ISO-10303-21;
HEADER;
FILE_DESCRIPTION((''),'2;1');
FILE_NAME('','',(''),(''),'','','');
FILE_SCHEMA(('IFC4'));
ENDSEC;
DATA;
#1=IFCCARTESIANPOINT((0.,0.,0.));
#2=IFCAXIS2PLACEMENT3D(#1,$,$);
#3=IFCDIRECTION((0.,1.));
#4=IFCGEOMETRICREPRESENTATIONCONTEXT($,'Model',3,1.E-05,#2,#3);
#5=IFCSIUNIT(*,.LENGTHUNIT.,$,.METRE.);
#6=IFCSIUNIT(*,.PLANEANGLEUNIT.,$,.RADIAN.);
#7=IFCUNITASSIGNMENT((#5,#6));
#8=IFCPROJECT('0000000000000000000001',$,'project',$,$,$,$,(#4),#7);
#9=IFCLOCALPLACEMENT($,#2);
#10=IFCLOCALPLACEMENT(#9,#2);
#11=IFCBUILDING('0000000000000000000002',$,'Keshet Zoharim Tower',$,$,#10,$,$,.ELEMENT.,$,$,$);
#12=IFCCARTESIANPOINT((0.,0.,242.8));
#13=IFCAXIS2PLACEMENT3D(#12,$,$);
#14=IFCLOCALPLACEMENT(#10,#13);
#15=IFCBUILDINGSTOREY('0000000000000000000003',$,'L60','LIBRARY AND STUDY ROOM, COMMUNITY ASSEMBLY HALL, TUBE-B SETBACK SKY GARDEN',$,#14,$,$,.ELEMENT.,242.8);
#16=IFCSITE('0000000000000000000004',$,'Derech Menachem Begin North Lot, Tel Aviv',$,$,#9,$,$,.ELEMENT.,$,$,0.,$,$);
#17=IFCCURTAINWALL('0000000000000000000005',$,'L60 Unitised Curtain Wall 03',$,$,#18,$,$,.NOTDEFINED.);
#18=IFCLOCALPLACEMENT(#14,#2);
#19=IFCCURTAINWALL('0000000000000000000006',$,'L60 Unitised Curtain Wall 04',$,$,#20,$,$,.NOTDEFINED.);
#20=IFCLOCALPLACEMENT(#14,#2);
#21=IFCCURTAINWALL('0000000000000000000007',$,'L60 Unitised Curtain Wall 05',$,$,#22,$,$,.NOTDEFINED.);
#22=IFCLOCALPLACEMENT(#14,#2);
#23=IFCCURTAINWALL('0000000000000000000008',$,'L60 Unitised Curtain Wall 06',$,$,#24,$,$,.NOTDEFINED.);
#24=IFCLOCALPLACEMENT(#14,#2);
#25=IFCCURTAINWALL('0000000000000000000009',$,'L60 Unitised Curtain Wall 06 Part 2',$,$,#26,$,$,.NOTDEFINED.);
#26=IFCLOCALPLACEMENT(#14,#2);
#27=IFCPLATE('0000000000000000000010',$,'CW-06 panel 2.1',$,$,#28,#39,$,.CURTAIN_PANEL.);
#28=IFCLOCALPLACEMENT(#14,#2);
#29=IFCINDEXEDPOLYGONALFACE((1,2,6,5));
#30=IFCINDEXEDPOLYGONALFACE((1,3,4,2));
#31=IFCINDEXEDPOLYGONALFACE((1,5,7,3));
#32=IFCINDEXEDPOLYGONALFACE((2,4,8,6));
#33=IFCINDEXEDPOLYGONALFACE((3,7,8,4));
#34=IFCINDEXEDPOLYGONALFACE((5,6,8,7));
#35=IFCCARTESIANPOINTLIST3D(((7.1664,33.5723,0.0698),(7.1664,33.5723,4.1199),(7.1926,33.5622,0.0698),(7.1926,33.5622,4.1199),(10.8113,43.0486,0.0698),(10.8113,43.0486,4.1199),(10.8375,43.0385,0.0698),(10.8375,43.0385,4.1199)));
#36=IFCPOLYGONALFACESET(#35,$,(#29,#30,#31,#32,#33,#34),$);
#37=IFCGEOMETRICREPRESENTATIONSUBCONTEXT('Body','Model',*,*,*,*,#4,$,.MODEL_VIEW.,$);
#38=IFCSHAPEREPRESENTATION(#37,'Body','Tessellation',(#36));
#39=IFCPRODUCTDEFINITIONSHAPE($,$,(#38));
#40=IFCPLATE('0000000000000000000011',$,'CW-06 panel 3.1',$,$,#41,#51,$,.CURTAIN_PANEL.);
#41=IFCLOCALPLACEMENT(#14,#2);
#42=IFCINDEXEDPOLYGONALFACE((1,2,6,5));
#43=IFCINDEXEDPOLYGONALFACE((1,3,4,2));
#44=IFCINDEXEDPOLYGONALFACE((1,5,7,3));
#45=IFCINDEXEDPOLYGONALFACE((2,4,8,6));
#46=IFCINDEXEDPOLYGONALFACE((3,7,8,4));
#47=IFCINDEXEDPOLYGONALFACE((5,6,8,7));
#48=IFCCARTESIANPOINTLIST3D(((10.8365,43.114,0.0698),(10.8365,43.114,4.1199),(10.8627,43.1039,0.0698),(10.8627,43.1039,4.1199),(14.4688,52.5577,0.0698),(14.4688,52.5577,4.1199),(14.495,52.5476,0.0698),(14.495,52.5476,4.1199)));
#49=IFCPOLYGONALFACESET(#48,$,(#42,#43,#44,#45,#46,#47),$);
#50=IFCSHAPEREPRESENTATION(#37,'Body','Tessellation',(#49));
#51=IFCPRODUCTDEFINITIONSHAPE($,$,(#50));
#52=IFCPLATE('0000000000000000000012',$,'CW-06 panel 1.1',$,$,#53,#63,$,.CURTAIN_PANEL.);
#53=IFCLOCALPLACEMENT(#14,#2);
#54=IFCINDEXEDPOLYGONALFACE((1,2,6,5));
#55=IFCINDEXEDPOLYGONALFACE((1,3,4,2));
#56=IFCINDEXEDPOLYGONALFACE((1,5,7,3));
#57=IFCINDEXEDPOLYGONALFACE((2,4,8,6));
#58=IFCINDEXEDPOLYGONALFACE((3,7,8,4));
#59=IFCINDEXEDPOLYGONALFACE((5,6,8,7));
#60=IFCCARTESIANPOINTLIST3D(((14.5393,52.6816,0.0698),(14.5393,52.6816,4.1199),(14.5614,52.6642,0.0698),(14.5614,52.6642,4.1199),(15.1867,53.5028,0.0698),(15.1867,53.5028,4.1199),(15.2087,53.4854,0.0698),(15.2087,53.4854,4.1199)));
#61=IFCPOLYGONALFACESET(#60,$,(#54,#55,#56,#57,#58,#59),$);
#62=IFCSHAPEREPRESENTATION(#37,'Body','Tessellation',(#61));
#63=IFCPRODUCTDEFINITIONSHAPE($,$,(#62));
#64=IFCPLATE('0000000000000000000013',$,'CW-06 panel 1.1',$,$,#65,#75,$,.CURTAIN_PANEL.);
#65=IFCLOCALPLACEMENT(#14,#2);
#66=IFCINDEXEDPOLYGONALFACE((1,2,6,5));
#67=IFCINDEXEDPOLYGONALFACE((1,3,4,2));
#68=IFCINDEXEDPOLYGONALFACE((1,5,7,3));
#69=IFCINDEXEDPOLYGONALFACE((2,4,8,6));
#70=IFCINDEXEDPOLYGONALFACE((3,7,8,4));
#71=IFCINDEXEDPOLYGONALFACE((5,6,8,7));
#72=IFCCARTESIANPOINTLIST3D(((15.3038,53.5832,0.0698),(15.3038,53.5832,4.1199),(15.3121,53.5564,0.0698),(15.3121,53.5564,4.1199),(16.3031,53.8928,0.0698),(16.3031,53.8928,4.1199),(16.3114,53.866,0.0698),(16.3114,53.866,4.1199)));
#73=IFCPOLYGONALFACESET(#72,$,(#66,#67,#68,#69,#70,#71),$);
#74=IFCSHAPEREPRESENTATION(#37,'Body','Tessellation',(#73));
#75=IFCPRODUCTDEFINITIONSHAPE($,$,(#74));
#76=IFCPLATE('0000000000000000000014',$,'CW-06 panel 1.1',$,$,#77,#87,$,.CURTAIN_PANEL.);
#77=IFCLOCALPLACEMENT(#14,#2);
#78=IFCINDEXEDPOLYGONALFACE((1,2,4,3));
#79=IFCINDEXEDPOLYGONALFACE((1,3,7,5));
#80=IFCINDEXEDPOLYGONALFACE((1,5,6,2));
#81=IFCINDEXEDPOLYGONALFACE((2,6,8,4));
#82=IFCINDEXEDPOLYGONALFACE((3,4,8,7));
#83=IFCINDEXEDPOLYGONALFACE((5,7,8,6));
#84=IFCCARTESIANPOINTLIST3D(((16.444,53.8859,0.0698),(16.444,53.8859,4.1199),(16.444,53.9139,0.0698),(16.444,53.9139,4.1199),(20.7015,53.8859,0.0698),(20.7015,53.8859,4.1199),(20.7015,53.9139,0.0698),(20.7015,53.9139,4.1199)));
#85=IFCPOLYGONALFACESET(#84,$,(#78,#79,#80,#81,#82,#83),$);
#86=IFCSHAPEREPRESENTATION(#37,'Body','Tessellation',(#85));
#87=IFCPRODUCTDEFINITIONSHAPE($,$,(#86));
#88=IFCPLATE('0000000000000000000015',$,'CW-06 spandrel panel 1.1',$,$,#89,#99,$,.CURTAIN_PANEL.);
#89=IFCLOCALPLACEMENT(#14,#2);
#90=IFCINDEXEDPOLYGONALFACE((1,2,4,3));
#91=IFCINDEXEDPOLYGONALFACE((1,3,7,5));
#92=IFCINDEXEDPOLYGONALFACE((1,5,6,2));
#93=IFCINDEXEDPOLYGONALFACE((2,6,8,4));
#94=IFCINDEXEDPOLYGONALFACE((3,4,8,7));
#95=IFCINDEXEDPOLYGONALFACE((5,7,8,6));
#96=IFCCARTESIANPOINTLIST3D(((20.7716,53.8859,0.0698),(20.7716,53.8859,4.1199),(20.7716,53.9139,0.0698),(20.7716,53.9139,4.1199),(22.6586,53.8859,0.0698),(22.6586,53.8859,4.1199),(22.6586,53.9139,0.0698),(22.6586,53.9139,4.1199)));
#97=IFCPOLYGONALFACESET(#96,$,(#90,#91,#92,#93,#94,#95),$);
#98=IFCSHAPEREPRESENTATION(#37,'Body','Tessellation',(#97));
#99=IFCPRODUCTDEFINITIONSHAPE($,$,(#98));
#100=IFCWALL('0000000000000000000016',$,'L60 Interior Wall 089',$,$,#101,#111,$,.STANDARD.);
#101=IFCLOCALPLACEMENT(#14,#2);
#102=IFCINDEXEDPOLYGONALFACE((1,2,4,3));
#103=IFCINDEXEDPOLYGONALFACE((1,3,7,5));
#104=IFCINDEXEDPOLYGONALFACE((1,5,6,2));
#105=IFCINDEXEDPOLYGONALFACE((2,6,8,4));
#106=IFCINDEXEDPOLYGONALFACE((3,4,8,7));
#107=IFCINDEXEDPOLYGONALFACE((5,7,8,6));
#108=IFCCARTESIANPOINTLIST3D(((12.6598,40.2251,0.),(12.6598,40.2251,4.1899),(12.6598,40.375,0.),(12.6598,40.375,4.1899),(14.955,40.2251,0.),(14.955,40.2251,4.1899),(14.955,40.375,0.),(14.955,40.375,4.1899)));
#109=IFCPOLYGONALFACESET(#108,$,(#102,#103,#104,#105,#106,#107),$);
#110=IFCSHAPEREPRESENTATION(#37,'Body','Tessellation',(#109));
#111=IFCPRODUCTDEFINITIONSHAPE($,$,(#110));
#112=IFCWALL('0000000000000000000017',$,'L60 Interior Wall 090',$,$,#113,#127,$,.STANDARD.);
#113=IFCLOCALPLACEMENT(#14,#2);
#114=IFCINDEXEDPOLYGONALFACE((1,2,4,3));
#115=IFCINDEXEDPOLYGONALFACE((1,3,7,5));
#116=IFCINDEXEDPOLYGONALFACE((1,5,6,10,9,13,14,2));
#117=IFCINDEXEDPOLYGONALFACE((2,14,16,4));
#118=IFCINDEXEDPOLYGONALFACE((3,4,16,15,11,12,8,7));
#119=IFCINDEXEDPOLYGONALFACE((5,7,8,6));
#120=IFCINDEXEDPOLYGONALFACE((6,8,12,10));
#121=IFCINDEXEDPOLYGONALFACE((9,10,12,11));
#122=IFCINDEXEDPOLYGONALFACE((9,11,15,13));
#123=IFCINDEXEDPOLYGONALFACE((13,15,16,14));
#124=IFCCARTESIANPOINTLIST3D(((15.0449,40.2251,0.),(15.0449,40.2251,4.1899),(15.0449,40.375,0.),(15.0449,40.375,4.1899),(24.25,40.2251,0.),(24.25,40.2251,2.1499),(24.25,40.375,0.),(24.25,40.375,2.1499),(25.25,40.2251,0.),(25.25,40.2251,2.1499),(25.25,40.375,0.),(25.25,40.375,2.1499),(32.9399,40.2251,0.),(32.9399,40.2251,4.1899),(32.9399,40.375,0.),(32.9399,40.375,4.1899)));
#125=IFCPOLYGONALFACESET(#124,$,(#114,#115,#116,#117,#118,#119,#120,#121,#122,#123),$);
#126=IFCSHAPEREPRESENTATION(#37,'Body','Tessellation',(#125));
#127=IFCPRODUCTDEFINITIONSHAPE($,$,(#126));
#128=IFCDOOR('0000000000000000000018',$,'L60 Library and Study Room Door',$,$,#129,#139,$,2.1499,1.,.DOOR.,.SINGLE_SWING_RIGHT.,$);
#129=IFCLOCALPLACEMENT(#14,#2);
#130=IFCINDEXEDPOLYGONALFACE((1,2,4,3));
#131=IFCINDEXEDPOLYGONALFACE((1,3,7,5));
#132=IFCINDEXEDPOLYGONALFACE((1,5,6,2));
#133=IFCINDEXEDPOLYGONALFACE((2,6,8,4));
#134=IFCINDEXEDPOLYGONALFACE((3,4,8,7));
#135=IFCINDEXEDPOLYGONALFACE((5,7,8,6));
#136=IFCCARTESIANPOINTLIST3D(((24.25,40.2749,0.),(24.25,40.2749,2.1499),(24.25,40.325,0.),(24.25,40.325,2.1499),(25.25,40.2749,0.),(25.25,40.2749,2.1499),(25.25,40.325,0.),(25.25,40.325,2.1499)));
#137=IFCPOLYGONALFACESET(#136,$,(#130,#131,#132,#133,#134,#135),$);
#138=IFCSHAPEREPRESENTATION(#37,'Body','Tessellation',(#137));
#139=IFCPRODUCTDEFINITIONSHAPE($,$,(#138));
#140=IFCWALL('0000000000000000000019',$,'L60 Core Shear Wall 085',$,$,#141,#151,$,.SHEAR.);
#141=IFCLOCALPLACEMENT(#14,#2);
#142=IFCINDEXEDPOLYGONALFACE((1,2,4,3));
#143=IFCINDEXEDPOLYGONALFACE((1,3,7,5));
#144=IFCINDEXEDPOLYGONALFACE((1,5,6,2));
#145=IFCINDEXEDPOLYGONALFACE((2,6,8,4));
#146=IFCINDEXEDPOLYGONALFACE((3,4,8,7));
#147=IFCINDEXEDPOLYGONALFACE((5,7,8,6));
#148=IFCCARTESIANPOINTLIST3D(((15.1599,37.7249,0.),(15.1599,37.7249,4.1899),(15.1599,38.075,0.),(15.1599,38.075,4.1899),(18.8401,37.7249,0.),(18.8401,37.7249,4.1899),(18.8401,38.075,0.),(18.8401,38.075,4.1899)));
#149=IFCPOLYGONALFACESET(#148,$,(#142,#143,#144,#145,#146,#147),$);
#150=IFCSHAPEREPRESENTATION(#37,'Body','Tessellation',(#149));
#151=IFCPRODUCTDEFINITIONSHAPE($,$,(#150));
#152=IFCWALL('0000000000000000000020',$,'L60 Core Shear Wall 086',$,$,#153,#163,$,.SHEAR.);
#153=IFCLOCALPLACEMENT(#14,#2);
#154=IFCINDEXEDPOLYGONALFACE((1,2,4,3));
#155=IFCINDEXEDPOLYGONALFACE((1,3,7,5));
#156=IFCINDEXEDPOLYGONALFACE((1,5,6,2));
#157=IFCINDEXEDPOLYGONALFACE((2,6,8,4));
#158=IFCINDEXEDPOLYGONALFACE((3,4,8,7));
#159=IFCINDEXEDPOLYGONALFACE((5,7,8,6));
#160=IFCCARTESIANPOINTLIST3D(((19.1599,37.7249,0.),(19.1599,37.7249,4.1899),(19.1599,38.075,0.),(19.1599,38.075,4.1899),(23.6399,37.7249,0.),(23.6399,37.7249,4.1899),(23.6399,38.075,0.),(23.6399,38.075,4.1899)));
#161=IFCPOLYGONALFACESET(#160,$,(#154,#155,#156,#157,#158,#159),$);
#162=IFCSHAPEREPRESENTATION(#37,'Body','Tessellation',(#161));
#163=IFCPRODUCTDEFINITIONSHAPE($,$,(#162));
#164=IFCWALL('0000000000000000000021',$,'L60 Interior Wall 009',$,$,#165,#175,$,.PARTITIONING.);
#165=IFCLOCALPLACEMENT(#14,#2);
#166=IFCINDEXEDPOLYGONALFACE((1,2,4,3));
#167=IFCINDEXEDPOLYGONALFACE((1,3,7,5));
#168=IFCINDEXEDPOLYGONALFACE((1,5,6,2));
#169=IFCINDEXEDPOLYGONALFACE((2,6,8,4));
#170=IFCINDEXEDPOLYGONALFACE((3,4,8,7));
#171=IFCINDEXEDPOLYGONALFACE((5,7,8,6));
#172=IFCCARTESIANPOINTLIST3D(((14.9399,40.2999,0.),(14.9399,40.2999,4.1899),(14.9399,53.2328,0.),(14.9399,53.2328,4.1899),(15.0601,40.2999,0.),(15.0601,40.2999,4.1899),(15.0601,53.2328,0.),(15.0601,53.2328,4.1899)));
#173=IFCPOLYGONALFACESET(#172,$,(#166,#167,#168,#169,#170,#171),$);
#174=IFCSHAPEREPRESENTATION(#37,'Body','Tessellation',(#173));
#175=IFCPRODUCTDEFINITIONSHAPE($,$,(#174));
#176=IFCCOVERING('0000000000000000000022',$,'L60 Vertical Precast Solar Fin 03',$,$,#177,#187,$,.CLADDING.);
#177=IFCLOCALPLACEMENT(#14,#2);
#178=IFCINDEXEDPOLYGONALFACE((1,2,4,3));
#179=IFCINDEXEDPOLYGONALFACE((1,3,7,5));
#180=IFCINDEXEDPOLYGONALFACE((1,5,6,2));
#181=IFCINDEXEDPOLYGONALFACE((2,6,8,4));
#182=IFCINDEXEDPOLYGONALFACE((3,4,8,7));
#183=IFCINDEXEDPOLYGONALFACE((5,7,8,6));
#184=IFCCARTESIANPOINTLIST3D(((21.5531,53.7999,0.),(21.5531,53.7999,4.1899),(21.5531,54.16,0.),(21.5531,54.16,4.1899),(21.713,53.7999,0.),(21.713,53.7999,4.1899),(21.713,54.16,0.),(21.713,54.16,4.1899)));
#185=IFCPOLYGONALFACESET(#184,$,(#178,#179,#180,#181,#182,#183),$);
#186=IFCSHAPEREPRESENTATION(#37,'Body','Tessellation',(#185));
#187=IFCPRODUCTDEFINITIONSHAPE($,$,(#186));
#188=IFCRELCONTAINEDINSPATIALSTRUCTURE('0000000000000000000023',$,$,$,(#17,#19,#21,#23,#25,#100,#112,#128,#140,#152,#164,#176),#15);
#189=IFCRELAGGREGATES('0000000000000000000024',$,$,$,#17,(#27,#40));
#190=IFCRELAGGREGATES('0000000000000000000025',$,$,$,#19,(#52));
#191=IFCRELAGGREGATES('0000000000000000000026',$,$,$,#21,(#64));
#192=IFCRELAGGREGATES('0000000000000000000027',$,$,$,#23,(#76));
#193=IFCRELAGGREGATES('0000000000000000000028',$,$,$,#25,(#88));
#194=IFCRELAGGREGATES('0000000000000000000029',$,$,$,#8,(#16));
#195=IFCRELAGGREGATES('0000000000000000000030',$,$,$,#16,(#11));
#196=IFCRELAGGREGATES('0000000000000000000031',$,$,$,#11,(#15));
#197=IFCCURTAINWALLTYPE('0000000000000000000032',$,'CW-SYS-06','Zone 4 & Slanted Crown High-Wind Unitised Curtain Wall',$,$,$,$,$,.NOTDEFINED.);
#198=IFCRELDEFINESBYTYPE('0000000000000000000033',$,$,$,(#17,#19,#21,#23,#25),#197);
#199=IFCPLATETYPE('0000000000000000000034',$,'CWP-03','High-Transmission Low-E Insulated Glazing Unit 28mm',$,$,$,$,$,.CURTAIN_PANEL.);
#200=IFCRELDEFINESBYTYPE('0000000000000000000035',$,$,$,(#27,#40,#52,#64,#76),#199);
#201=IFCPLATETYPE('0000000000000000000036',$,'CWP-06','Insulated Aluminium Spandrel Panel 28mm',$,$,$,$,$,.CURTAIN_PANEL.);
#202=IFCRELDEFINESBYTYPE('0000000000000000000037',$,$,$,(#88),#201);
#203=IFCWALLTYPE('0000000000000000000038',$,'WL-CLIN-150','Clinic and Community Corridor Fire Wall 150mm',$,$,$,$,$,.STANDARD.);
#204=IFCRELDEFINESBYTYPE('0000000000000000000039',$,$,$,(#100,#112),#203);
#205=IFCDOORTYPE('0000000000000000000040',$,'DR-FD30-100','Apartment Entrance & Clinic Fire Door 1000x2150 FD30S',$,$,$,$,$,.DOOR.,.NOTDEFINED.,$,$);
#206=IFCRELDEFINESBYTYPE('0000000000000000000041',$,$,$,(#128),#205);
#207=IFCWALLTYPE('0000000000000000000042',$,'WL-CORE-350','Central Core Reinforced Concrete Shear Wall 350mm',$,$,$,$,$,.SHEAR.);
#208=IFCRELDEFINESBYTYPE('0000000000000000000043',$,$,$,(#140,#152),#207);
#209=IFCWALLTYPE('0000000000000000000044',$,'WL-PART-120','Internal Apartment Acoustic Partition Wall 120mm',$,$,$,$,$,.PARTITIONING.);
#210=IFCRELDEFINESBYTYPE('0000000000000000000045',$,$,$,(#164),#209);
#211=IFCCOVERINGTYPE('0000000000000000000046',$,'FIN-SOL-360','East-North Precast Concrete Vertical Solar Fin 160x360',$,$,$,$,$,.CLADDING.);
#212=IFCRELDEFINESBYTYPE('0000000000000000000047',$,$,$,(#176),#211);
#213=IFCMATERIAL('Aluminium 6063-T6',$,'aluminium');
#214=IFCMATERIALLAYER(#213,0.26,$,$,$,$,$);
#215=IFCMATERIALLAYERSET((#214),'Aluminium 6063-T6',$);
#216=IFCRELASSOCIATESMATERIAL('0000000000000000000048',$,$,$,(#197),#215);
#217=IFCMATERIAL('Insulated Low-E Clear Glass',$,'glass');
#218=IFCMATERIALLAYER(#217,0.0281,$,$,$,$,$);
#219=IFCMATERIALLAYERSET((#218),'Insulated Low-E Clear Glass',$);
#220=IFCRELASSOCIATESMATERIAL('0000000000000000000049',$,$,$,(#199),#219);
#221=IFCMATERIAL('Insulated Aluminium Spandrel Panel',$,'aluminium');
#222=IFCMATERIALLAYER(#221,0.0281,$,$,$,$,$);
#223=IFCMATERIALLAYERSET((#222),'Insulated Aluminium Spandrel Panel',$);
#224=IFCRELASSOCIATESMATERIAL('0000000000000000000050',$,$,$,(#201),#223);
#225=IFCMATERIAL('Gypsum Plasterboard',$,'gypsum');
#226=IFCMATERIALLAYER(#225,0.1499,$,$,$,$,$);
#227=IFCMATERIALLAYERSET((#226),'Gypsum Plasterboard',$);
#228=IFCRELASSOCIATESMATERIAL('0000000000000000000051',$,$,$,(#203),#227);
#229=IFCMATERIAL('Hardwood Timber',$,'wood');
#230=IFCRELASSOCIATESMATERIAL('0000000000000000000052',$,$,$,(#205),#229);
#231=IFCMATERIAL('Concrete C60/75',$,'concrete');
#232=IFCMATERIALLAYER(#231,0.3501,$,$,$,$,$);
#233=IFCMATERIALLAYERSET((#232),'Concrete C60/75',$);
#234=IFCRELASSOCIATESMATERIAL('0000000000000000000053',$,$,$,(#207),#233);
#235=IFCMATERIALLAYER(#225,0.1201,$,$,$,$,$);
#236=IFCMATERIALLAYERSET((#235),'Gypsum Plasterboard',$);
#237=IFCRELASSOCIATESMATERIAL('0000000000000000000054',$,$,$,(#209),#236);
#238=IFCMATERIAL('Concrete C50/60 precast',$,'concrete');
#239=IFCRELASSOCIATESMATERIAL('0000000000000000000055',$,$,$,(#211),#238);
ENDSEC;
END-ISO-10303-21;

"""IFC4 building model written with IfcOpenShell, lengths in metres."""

from ifc_helpers import new_model, si_unit, direction, frame, frame_2d, origin, origin_2d, place, context, subcontext, project, spatial, rectangle, extrude, material, layer, layer_set, type_object, element, fill, aggregate, save


model = new_model("IFC4")

# Units and contexts
model_context = context("Model", 3, precision=1e-05, world=origin(), true_north=direction((0.0, 1.0)))
body_context = subcontext(model_context, "Body", "Model", "MODEL_VIEW")
ifc_project = project(units=[si_unit("LENGTHUNIT", "METRE"), si_unit("PLANEANGLEUNIT", "RADIAN")], contexts=[model_context])

# Site, building, storey
site_placement = place(None, origin())
site = spatial("IfcSite", under=ifc_project, at=site_placement, Name="Derech Menachem Begin North Lot, Tel Aviv", CompositionType="ELEMENT", RefElevation=0.0)
building_placement = place(site_placement, origin())
building = spatial("IfcBuilding", under=site, at=building_placement, Name="Keshet Zoharim Tower", CompositionType="ELEMENT")
storey_placement = place(building_placement, frame((0.0, 0.0, 242.8)))
storey = spatial("IfcBuildingStorey", under=building, at=storey_placement, Name="L60", Description="LIBRARY AND STUDY ROOM, COMMUNITY ASSEMBLY HALL, TUBE-B SETBACK SKY GARDEN", CompositionType="ELEMENT", Elevation=242.8)

# Curtain walls
ifc_material_1 = material(Name="Aluminium 6063-T6", Category="aluminium")
ifc_layer_1 = layer(ifc_material_1, 0.26)
ifc_layer_set_1 = layer_set([ifc_layer_1], Name="Aluminium 6063-T6")
curtain_wall_type = type_object("IfcCurtainWallType", Name="CW-SYS-06", Description="Zone 4 & Slanted Crown High-Wind Unitised Curtain Wall", PredefinedType="NOTDEFINED", material=ifc_layer_set_1)
curtain_wall_1_placement = place(storey_placement, origin())
curtain_wall_1 = element("IfcCurtainWall", 1, at=curtain_wall_1_placement, inside=storey, type_object=curtain_wall_type, Name="L60 Unitised Curtain Wall 03", PredefinedType="NOTDEFINED")
curtain_wall_2_placement = place(storey_placement, origin())
curtain_wall_2 = element("IfcCurtainWall", 2, at=curtain_wall_2_placement, inside=storey, type_object=curtain_wall_type, Name="L60 Unitised Curtain Wall 04", PredefinedType="NOTDEFINED")
curtain_wall_3_placement = place(storey_placement, origin())
curtain_wall_3 = element("IfcCurtainWall", 3, at=curtain_wall_3_placement, inside=storey, type_object=curtain_wall_type, Name="L60 Unitised Curtain Wall 05", PredefinedType="NOTDEFINED")
curtain_wall_4_placement = place(storey_placement, origin())
curtain_wall_4 = element("IfcCurtainWall", 4, at=curtain_wall_4_placement, inside=storey, type_object=curtain_wall_type, Name="L60 Unitised Curtain Wall 06", PredefinedType="NOTDEFINED")

# Curtain wall
curtain_wall_5_placement = place(storey_placement, origin())
curtain_wall_5 = element("IfcCurtainWall", 5, at=curtain_wall_5_placement, inside=storey, type_object=curtain_wall_type, Name="L60 Unitised Curtain Wall 06 Part 2", PredefinedType="NOTDEFINED")

# Plates
ifc_material_2 = material(Name="Insulated Low-E Clear Glass", Category="glass")
ifc_layer_2 = layer(ifc_material_2, 0.0281)
ifc_layer_set_2 = layer_set([ifc_layer_2], Name="Insulated Low-E Clear Glass")
plate_type_1 = type_object("IfcPlateType", Name="CWP-03", Description="High-Transmission Low-E Insulated Glazing Unit 28mm", PredefinedType="CURTAIN_PANEL", material=ifc_layer_set_2)
plate_1_placement = place(storey_placement, frame((9.002, 38.3054, 0.0698), z_axis=(0.0, 0.0, 1.0), x_axis=(0.35899, 0.933341, 0.0)))
plate_1 = element("IfcPlate", 6, at=plate_1_placement, type_object=plate_type_1, Name="CW-06 panel 2.1", PredefinedType="CURTAIN_PANEL", context=body_context, shape_type="SweptSolid", body=[
    extrude(rectangle(XDim=10.1531, YDim=0.0281, at=origin_2d()), origin(), (0.0, 0.0, 1.0), 4.05),
])
plate_2_placement = place(storey_placement, frame((12.6658, 47.8308, 0.0698), z_axis=(0.0, 0.0, 1.0), x_axis=(0.35899, 0.933341, 0.0)))
plate_2 = element("IfcPlate", 7, at=plate_2_placement, type_object=plate_type_1, Name="CW-06 panel 3.1", PredefinedType="CURTAIN_PANEL", context=body_context, shape_type="SweptSolid", body=[
    extrude(rectangle(XDim=10.1182, YDim=0.0281, at=origin_2d()), origin(), (0.0, 0.0, 1.0), 4.05),
])
aggregate(curtain_wall_1, [plate_1, plate_2])
plate_3_placement = place(storey_placement, frame((14.874, 53.0835, 0.0698), z_axis=(0.0, 0.0, 1.0), x_axis=(0.619125, 0.785293, 0.0)))
plate_3 = element("IfcPlate", 8, at=plate_3_placement, type_object=plate_type_1, Name="CW-06 panel 1.1", PredefinedType="CURTAIN_PANEL", context=body_context, shape_type="SweptSolid", body=[
    extrude(rectangle(XDim=1.0457, YDim=0.0281, at=origin_2d()), origin(), (0.0, 0.0, 1.0), 4.05),
])
aggregate(curtain_wall_2, [plate_3])
plate_4_placement = place(storey_placement, frame((15.8076, 53.7246, 0.0698), z_axis=(0.0, 0.0, 1.0), x_axis=(0.955212, 0.295922, 0.0)))
plate_4 = element("IfcPlate", 9, at=plate_4_placement, type_object=plate_type_1, Name="CW-06 panel 1.1", PredefinedType="CURTAIN_PANEL", context=body_context, shape_type="SweptSolid", body=[
    extrude(rectangle(XDim=1.0461, YDim=0.0281, at=origin_2d()), origin(), (0.0, 0.0, 1.0), 4.05),
])
aggregate(curtain_wall_3, [plate_4])
plate_5_placement = place(storey_placement, frame((18.5728, 53.8999, 0.0698), z_axis=(0.0, 0.0, 1.0), x_axis=(1.0, 0.0, 0.0)))
plate_5 = element("IfcPlate", 10, at=plate_5_placement, type_object=plate_type_1, Name="CW-06 panel 1.1", PredefinedType="CURTAIN_PANEL", context=body_context, shape_type="SweptSolid", body=[
    extrude(rectangle(XDim=4.2576, YDim=0.0281, at=origin_2d()), origin(), (0.0, 0.0, 1.0), 4.05),
])
aggregate(curtain_wall_4, [plate_5])
ifc_material_3 = material(Name="Insulated Aluminium Spandrel Panel", Category="aluminium")
ifc_layer_3 = layer(ifc_material_3, 0.0281)
ifc_layer_set_3 = layer_set([ifc_layer_3], Name="Insulated Aluminium Spandrel Panel")
plate_type_2 = type_object("IfcPlateType", Name="CWP-06", Description="Insulated Aluminium Spandrel Panel 28mm", PredefinedType="CURTAIN_PANEL", material=ifc_layer_set_3)
plate_6_placement = place(storey_placement, frame((21.7151, 53.8999, 0.0698), z_axis=(0.0, 0.0, 1.0), x_axis=(1.0, 0.0, 0.0)))
plate_6 = element("IfcPlate", 11, at=plate_6_placement, type_object=plate_type_2, Name="CW-06 spandrel panel 1.1", PredefinedType="CURTAIN_PANEL", context=body_context, shape_type="SweptSolid", body=[
    extrude(rectangle(XDim=1.887, YDim=0.0281, at=origin_2d()), origin(), (0.0, 0.0, 1.0), 4.05),
])
aggregate(curtain_wall_5, [plate_6])

# Wall
ifc_material_4 = material(Name="Gypsum Plasterboard", Category="gypsum")
ifc_layer_4 = layer(ifc_material_4, 0.1499)
ifc_layer_set_4 = layer_set([ifc_layer_4], Name="Gypsum Plasterboard")
wall_type_1 = type_object("IfcWallType", Name="WL-CLIN-150", Description="Clinic and Community Corridor Fire Wall 150mm", PredefinedType="STANDARD", material=ifc_layer_set_4)
wall_1_placement = place(storey_placement, frame((12.6599, 40.3, 0.0), z_axis=(0.0, 0.0, 1.0), x_axis=(1.0, 0.0, 0.0)))
element("IfcWall", 12, at=wall_1_placement, inside=storey, type_object=wall_type_1, Name="L60 Interior Wall 089", PredefinedType="STANDARD", context=body_context, shape_type="SweptSolid", body=[
    extrude(rectangle(XDim=2.2952, YDim=0.1499, at=frame_2d((1.1475, 0.0))), origin(), (0.0, 0.0, 1.0), 4.1899),
])

# Wall, opening, door
wall_2_placement = place(storey_placement, frame((15.0449, 40.3, 0.0), z_axis=(0.0, 0.0, 1.0), x_axis=(1.0, 0.0, 0.0)))
wall_2 = element("IfcWall", 13, at=wall_2_placement, inside=storey, type_object=wall_type_1, Name="L60 Interior Wall 090", PredefinedType="STANDARD", context=body_context, shape_type="SweptSolid", body=[
    extrude(rectangle(XDim=17.895, YDim=0.1499, at=frame_2d((8.9475, 0.0))), origin(), (0.0, 0.0, 1.0), 4.1899),
])
opening_placement = place(wall_2_placement, frame((9.2051, 0.0, 0.0)))
opening = element("IfcOpeningElement", 14, at=opening_placement, cuts=wall_2, PredefinedType="OPENING", context=body_context, shape_type="SweptSolid", body=[
    extrude(rectangle(XDim=1.0, YDim=2.1499, at=frame_2d((0.5, 1.075))), frame((0.0, 0.085, 0.0), z_axis=(0.0, -1.0, 0.0), x_axis=(1.0, 0.0, 0.0)), (0.0, 0.0, 1.0), 0.1699),
])
ifc_material_5 = material(Name="Hardwood Timber", Category="wood")
door_type = type_object("IfcDoorType", Name="DR-FD30-100", Description="Apartment Entrance & Clinic Fire Door 1000x2150 FD30S", OperationType="NOTDEFINED", PredefinedType="DOOR", material=ifc_material_5)
door_placement = place(opening_placement, origin())
door = element("IfcDoor", 15, at=door_placement, inside=storey, type_object=door_type, Name="L60 Library and Study Room Door", OperationType="SINGLE_SWING_RIGHT", OverallHeight=2.1499, OverallWidth=1.0, PredefinedType="DOOR", context=body_context, shape_type="SweptSolid", body=[
    extrude(rectangle(XDim=1.0, YDim=2.1499, at=frame_2d((0.5, 1.075))), frame((0.0, 0.0249, 0.0), z_axis=(0.0, -1.0, 0.0), x_axis=(1.0, 0.0, 0.0)), (0.0, 0.0, 1.0), 0.05),
])
fill(opening, door)

# Walls
ifc_material_6 = material(Name="Concrete C60/75", Category="concrete")
ifc_layer_5 = layer(ifc_material_6, 0.3501)
ifc_layer_set_5 = layer_set([ifc_layer_5], Name="Concrete C60/75")
wall_type_2 = type_object("IfcWallType", Name="WL-CORE-350", Description="Central Core Reinforced Concrete Shear Wall 350mm", PredefinedType="SHEAR", material=ifc_layer_set_5)
wall_3_placement = place(storey_placement, frame((15.1599, 37.8999, 0.0), z_axis=(0.0, 0.0, 1.0), x_axis=(1.0, 0.0, 0.0)))
element("IfcWall", 16, at=wall_3_placement, inside=storey, type_object=wall_type_2, Name="L60 Core Shear Wall 085", PredefinedType="SHEAR", context=body_context, shape_type="SweptSolid", body=[
    extrude(rectangle(XDim=3.6802, YDim=0.3501, at=frame_2d((1.8401, 0.0))), origin(), (0.0, 0.0, 1.0), 4.1899),
])
wall_4_placement = place(storey_placement, frame((19.1599, 37.8999, 0.0), z_axis=(0.0, 0.0, 1.0), x_axis=(1.0, 0.0, 0.0)))
element("IfcWall", 17, at=wall_4_placement, inside=storey, type_object=wall_type_2, Name="L60 Core Shear Wall 086", PredefinedType="SHEAR", context=body_context, shape_type="SweptSolid", body=[
    extrude(rectangle(XDim=4.48, YDim=0.3501, at=frame_2d((2.24, 0.0))), origin(), (0.0, 0.0, 1.0), 4.1899),
])
ifc_layer_6 = layer(ifc_material_4, 0.1201)
ifc_layer_set_6 = layer_set([ifc_layer_6], Name="Gypsum Plasterboard")
wall_type_3 = type_object("IfcWallType", Name="WL-PART-120", Description="Internal Apartment Acoustic Partition Wall 120mm", PredefinedType="PARTITIONING", material=ifc_layer_set_6)
wall_5_placement = place(storey_placement, frame((15.0, 40.3, 0.0), z_axis=(0.0, 0.0, 1.0), x_axis=(0.0, 1.0, 0.0)))
element("IfcWall", 18, at=wall_5_placement, inside=storey, type_object=wall_type_3, Name="L60 Interior Wall 009", PredefinedType="PARTITIONING", context=body_context, shape_type="SweptSolid", body=[
    extrude(rectangle(XDim=12.9329, YDim=0.1201, at=frame_2d((6.4663, 0.0))), origin(), (0.0, 0.0, 1.0), 4.1899),
])

# Covering
ifc_material_7 = material(Name="Concrete C50/60 precast", Category="concrete")
covering_type_1 = type_object("IfcCoveringType", Name="FIN-SOL-360", Description="East-North Precast Concrete Vertical Solar Fin 160x360", PredefinedType="CLADDING", material=ifc_material_7)
covering_1_placement = place(storey_placement, frame((21.6331, 53.98, 0.0), z_axis=(0.0, 0.0, 1.0), x_axis=(1.0, 0.0, 0.0)))
element("IfcCovering", 19, at=covering_1_placement, inside=storey, type_object=covering_type_1, Name="L60 Vertical Precast Solar Fin 03", PredefinedType="CLADDING", context=body_context, shape_type="SweptSolid", body=[
    extrude(rectangle(XDim=0.1599, YDim=0.3601, at=origin_2d()), origin(), (0.0, 0.0, 1.0), 4.1899),
])

save(model, "model.ifc")
